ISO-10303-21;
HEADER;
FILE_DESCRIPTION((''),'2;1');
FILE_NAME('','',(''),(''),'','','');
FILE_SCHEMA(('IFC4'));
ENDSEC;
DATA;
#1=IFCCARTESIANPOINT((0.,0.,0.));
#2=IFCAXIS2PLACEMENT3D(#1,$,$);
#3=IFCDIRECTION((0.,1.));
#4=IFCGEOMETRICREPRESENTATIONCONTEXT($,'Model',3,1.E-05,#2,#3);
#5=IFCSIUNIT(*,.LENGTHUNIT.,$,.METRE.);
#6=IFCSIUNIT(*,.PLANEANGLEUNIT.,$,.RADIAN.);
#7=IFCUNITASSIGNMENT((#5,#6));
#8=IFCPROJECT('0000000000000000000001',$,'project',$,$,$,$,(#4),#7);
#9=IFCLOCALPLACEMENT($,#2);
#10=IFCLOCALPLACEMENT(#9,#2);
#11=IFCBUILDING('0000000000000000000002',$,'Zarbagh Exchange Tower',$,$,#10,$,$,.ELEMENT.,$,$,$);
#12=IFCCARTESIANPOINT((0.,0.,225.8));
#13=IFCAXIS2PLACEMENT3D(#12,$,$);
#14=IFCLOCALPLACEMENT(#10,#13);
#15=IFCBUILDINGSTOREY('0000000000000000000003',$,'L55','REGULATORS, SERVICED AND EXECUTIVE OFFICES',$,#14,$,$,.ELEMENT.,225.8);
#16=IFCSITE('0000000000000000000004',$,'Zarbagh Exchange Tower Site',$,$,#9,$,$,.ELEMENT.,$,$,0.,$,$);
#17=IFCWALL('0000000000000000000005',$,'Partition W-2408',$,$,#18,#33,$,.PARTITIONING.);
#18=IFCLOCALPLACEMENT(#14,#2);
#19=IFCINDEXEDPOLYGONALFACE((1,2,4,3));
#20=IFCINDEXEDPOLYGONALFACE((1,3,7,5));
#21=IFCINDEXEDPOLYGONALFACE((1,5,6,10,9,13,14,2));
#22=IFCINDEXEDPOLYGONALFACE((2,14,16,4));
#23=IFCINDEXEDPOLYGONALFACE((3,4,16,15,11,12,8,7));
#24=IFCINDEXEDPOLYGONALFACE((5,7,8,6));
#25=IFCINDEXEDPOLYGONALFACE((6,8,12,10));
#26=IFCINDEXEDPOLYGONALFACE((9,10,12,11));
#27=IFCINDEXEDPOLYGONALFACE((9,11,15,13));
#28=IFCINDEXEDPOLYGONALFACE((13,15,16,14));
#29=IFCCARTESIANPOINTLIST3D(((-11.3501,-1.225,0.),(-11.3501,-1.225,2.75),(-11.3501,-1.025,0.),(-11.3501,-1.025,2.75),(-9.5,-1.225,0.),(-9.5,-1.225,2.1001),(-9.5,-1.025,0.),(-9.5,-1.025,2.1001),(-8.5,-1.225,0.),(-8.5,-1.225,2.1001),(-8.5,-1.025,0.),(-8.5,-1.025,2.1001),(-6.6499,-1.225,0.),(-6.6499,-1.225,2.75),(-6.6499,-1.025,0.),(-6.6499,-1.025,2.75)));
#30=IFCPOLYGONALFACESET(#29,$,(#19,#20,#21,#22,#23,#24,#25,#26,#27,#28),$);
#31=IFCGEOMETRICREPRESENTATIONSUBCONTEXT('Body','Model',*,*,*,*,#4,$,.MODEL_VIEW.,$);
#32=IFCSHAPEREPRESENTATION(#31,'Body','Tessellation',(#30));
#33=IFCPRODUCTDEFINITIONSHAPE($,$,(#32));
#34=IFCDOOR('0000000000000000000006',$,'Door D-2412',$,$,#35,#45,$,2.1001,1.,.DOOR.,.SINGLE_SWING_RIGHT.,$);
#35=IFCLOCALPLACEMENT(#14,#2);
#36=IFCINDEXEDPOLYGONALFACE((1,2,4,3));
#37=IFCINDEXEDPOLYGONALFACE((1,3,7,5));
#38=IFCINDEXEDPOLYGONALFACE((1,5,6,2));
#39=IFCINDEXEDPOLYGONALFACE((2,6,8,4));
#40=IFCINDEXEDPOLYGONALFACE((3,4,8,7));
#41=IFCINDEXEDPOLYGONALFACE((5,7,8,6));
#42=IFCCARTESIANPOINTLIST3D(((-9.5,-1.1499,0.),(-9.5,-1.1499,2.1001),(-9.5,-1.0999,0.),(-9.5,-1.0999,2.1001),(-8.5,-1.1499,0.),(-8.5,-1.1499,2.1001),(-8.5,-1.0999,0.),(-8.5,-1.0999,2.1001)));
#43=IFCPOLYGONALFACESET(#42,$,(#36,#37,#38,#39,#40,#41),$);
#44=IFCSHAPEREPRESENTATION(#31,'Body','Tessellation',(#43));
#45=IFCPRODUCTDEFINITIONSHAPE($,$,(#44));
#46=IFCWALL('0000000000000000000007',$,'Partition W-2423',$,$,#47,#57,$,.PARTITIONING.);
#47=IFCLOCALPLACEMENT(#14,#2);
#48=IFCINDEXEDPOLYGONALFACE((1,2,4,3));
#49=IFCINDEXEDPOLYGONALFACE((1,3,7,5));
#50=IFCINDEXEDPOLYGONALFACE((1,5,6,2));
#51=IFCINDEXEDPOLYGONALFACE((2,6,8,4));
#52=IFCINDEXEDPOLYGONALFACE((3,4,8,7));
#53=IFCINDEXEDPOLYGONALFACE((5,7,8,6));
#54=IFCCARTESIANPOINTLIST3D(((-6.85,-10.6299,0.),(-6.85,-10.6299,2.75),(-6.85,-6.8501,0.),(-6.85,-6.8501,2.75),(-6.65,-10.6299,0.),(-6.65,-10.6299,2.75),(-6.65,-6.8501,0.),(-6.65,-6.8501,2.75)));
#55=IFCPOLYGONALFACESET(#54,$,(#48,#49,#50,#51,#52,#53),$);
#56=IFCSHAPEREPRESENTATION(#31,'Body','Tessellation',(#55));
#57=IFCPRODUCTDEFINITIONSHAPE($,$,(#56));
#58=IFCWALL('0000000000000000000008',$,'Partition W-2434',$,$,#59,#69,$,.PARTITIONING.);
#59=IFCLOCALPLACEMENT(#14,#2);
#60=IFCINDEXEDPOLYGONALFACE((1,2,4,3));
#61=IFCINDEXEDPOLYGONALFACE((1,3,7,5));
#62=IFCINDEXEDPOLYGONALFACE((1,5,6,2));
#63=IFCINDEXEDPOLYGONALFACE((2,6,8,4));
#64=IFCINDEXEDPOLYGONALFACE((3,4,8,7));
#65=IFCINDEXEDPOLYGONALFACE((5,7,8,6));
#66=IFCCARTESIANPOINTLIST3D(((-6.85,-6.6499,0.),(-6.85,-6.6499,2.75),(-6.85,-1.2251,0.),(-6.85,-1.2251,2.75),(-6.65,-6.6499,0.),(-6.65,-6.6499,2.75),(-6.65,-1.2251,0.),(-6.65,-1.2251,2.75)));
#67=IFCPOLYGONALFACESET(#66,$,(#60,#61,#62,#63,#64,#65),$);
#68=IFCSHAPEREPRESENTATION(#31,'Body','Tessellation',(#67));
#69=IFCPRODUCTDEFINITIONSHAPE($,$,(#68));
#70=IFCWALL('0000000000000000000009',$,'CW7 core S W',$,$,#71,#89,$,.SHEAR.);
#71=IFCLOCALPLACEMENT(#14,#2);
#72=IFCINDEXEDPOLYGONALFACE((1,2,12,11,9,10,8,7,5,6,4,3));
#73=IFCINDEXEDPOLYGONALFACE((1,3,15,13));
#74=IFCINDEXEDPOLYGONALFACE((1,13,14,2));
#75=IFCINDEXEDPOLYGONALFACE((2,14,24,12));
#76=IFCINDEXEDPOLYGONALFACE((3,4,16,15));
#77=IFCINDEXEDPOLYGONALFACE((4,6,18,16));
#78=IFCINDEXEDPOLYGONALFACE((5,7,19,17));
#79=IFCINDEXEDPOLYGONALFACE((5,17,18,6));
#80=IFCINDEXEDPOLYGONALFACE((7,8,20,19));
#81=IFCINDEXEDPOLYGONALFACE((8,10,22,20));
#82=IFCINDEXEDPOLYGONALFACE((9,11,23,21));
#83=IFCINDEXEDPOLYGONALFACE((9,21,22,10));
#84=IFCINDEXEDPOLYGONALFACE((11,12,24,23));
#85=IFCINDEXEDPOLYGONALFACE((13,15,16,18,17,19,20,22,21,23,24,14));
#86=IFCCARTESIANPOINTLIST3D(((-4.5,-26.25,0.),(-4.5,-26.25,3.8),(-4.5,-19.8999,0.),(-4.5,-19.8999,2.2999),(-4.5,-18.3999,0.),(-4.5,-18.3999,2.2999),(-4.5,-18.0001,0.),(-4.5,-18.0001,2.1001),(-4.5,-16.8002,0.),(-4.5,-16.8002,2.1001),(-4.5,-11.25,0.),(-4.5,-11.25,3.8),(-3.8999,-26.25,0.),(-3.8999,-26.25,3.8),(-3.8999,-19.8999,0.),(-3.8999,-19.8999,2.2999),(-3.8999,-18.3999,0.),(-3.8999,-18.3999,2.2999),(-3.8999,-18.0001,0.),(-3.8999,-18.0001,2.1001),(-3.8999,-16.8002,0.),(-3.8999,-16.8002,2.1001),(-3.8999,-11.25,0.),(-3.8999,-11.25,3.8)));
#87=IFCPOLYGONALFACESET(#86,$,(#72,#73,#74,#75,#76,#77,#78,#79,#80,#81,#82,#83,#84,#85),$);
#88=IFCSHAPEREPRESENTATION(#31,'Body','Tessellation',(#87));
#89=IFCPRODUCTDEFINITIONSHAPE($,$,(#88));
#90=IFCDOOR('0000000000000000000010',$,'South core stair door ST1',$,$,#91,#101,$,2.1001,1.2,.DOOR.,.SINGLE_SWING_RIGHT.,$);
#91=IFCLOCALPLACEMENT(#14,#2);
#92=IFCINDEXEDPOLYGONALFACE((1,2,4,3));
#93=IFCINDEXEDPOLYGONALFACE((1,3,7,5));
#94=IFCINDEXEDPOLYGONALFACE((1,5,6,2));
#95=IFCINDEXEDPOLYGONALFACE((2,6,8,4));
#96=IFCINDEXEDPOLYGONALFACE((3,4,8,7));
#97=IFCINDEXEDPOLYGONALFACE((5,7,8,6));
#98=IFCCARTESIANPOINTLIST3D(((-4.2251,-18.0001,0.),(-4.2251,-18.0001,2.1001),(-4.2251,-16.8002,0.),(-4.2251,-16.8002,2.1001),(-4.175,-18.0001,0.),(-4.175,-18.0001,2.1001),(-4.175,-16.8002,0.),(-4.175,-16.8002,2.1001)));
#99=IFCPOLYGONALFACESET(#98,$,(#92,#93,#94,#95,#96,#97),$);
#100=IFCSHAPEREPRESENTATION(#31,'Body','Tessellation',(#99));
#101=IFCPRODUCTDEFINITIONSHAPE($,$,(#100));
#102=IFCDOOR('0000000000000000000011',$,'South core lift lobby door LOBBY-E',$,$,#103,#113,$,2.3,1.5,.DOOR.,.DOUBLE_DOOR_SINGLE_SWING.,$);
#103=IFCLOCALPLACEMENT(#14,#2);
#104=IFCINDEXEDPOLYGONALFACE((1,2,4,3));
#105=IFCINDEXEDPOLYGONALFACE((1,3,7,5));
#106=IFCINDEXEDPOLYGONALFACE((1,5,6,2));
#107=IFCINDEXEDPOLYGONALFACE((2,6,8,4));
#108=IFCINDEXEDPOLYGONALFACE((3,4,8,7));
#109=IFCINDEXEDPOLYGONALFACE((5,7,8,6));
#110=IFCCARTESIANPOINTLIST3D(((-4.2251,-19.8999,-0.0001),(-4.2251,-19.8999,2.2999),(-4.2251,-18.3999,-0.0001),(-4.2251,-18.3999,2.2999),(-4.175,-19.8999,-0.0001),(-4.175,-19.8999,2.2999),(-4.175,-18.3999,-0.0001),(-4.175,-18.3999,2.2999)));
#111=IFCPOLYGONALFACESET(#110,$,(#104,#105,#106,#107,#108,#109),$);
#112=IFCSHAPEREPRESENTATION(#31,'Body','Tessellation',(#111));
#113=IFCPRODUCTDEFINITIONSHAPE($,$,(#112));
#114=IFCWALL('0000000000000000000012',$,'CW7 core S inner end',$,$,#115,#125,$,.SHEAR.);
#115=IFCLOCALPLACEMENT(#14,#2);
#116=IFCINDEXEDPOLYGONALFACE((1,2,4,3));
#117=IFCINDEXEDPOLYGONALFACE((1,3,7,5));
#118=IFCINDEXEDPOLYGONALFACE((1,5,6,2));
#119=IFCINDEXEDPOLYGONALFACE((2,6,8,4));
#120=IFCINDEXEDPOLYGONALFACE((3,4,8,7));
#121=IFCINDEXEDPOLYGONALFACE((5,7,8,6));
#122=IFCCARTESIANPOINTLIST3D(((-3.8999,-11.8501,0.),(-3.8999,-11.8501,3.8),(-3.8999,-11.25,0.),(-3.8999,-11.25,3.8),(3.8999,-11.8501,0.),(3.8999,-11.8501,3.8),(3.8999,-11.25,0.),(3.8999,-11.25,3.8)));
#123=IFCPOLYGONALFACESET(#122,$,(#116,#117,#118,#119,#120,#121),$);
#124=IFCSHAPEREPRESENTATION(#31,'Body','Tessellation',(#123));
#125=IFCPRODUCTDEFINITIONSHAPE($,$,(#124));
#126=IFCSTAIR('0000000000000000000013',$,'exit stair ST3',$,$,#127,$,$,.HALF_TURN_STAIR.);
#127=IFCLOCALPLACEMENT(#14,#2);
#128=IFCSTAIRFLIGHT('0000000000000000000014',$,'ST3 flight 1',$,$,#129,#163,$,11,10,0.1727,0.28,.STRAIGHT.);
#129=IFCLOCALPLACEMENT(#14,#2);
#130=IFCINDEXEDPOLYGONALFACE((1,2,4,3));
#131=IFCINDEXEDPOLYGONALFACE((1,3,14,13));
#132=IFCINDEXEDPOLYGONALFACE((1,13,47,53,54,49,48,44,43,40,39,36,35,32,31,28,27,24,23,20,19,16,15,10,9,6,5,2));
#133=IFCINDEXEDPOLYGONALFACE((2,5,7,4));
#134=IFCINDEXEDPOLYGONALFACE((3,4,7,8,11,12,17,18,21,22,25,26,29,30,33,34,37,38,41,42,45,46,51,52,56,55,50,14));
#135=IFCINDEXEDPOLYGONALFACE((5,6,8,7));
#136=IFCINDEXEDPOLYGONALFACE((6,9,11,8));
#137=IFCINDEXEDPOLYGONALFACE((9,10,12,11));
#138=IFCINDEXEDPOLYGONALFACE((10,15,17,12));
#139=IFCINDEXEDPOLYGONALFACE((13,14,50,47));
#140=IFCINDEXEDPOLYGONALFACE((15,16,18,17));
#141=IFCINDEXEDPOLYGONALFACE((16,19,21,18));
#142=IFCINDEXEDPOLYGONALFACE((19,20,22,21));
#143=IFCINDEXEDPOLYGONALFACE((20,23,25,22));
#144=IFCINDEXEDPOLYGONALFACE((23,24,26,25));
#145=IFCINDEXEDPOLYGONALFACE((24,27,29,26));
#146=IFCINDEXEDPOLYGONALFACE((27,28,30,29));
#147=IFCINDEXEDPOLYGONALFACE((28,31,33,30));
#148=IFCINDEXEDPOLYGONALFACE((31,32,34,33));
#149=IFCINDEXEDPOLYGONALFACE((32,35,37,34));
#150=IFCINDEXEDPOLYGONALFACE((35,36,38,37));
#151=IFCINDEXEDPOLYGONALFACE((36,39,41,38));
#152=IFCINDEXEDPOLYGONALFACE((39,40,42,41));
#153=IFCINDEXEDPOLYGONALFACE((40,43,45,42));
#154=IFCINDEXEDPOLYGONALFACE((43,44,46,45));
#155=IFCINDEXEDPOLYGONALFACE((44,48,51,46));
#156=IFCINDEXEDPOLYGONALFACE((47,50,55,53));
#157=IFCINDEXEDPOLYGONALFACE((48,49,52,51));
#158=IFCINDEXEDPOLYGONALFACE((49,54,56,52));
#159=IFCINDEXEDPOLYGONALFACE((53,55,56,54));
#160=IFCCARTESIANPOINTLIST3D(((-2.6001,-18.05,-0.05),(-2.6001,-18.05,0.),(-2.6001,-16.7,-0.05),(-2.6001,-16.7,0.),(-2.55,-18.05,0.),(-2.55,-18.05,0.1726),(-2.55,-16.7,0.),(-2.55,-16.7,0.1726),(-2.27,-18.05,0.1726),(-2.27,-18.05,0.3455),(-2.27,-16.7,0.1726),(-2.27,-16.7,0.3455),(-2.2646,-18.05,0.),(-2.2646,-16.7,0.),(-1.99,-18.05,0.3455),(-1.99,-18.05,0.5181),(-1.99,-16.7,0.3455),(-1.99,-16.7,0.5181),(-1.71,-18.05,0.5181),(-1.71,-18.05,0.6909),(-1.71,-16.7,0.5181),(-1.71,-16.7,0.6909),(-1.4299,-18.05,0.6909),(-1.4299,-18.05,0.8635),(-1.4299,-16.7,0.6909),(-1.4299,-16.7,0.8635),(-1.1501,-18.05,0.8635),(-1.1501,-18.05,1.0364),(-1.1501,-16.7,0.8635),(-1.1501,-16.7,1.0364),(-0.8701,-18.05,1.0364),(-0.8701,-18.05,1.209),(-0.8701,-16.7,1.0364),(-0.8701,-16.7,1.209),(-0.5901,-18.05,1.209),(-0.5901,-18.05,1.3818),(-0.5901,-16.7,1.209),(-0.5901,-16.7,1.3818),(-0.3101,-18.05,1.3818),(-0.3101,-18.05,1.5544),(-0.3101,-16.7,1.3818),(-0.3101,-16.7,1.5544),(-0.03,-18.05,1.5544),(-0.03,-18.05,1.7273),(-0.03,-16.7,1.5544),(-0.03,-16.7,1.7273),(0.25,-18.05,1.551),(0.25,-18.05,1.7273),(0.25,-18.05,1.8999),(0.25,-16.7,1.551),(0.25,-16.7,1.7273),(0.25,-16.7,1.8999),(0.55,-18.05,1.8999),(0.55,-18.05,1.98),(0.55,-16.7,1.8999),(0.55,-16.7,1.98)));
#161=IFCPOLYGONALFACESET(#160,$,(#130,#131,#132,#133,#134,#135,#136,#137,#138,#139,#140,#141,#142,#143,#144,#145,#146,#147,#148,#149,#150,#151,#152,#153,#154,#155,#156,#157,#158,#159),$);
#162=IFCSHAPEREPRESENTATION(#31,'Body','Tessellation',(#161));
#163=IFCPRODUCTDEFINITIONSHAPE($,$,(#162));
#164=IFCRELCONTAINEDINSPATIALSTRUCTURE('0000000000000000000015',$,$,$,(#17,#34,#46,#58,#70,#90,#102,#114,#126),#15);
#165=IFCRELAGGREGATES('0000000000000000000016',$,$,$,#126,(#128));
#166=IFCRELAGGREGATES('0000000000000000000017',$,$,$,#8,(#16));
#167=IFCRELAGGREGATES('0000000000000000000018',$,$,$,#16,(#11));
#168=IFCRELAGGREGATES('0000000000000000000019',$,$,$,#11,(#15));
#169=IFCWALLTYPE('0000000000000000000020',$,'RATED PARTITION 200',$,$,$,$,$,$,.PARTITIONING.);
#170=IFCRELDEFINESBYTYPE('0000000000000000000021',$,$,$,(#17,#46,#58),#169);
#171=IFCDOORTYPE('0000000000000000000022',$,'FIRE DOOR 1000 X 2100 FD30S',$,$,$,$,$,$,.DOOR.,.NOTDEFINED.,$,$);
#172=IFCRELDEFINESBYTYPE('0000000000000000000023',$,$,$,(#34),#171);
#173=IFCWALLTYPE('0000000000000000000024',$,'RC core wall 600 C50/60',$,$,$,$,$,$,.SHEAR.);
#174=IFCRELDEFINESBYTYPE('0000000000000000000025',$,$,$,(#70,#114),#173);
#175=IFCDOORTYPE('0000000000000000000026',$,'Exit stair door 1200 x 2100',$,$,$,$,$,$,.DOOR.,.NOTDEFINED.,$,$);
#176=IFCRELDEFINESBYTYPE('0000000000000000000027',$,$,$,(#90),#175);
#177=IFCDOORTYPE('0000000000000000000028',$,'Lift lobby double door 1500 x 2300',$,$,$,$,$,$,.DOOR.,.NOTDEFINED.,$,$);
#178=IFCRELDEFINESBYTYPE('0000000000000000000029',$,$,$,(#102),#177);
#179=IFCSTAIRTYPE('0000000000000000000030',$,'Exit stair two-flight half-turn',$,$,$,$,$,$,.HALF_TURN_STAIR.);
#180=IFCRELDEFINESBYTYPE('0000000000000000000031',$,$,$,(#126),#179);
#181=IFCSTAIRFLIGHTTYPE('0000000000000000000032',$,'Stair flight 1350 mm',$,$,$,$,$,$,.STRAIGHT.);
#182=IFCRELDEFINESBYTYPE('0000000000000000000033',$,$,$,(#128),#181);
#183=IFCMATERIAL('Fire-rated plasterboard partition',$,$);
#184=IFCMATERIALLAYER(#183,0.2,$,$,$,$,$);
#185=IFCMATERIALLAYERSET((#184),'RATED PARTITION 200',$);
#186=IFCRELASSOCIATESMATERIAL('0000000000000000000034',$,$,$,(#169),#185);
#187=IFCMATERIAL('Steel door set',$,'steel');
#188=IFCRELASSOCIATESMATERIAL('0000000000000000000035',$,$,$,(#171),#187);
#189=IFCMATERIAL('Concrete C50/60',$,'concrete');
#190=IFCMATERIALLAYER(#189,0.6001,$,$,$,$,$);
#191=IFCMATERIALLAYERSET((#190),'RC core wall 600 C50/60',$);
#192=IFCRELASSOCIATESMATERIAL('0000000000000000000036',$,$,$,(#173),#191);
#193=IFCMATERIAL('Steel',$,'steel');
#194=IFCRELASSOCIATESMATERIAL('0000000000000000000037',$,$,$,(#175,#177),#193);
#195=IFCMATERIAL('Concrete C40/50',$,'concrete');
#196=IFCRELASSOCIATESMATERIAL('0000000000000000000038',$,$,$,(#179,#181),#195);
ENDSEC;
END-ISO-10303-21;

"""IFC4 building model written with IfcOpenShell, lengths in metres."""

from ifc_helpers import new_model, si_unit, direction, frame, frame_2d, origin, place, context, subcontext, project, spatial, polyline, rectangle, outline, extrude, material, layer, layer_set, type_object, element, fill, aggregate, save


model = new_model("IFC4")

# Units and contexts
model_context = context("Model", 3, precision=1e-05, world=origin(), true_north=direction((0.0, 1.0)))
body_context = subcontext(model_context, "Body", "Model", "MODEL_VIEW")
ifc_project = project(units=[si_unit("LENGTHUNIT", "METRE"), si_unit("PLANEANGLEUNIT", "RADIAN")], contexts=[model_context])

# Site, building, storey
site_placement = place(None, origin())
site = spatial("IfcSite", under=ifc_project, at=site_placement, Name="Zarbagh Exchange Tower Site", CompositionType="ELEMENT", RefElevation=0.0)
building_placement = place(site_placement, origin())
building = spatial("IfcBuilding", under=site, at=building_placement, Name="Zarbagh Exchange Tower", CompositionType="ELEMENT")
storey_placement = place(building_placement, frame((0.0, 0.0, 225.8)))
storey = spatial("IfcBuildingStorey", under=building, at=storey_placement, Name="L55", Description="REGULATORS, SERVICED AND EXECUTIVE OFFICES", CompositionType="ELEMENT", Elevation=225.8)

# Shared definitions
ifc_material_1 = material(Name="Concrete C50/60", Category="concrete")

# Wall, opening, door
ifc_material_2 = material(Name="Fire-rated plasterboard partition")
ifc_layer_1 = layer(ifc_material_2, 0.2)
ifc_layer_set_1 = layer_set([ifc_layer_1], Name="RATED PARTITION 200")
wall_type_1 = type_object("IfcWallType", Name="RATED PARTITION 200", PredefinedType="PARTITIONING", material=ifc_layer_set_1)
wall_1_placement = place(storey_placement, frame((-6.6499, -1.125, 0.0), z_axis=(0.0, 0.0, 1.0), x_axis=(-1.0, 0.0, 0.0)))
wall_1 = element("IfcWall", 1, at=wall_1_placement, inside=storey, type_object=wall_type_1, Name="Partition W-2408", PredefinedType="PARTITIONING", context=body_context, shape_type="SweptSolid", body=[
    extrude(rectangle(XDim=4.7002, YDim=0.2, at=frame_2d((2.3501, 0.0))), origin(), (0.0, 0.0, 1.0), 2.75),
])
opening_1_placement = place(wall_1_placement, frame((1.8501, 0.0, 0.0)))
opening_1 = element("IfcOpeningElement", 2, at=opening_1_placement, cuts=wall_1, PredefinedType="OPENING", context=body_context, shape_type="SweptSolid", body=[
    extrude(rectangle(XDim=1.0, YDim=2.1001, at=frame_2d((0.5, 1.05))), frame((0.0, 0.1099, 0.0), z_axis=(0.0, -1.0, 0.0), x_axis=(1.0, 0.0, 0.0)), (0.0, 0.0, 1.0), 0.22),
])
ifc_material_3 = material(Name="Steel door set", Category="steel")
door_type_1 = type_object("IfcDoorType", Name="FIRE DOOR 1000 X 2100 FD30S", OperationType="NOTDEFINED", PredefinedType="DOOR", material=ifc_material_3)
door_1_placement = place(opening_1_placement, origin())
door_1 = element("IfcDoor", 3, at=door_1_placement, inside=storey, type_object=door_type_1, Name="Door D-2412", OperationType="SINGLE_SWING_RIGHT", OverallHeight=2.1001, OverallWidth=1.0, PredefinedType="DOOR", context=body_context, shape_type="SweptSolid", body=[
    extrude(rectangle(XDim=1.0, YDim=2.1001, at=frame_2d((0.5, 1.05))), frame((0.0, 0.0249, 0.0), z_axis=(0.0, -1.0, 0.0), x_axis=(1.0, 0.0, 0.0)), (0.0, 0.0, 1.0), 0.05),
])
fill(opening_1, door_1)

# Walls
wall_2_placement = place(storey_placement, frame((-6.75, -10.6299, 0.0), z_axis=(0.0, 0.0, 1.0), x_axis=(0.0, 1.0, 0.0)))
element("IfcWall", 4, at=wall_2_placement, inside=storey, type_object=wall_type_1, Name="Partition W-2423", PredefinedType="PARTITIONING", context=body_context, shape_type="SweptSolid", body=[
    extrude(rectangle(XDim=3.7798, YDim=0.2, at=frame_2d((1.8899, 0.0))), origin(), (0.0, 0.0, 1.0), 2.75),
])
wall_3_placement = place(storey_placement, frame((-6.75, -6.6499, 0.0), z_axis=(0.0, 0.0, 1.0), x_axis=(0.0, 1.0, 0.0)))
element("IfcWall", 5, at=wall_3_placement, inside=storey, type_object=wall_type_1, Name="Partition W-2434", PredefinedType="PARTITIONING", context=body_context, shape_type="SweptSolid", body=[
    extrude(rectangle(XDim=5.4248, YDim=0.2, at=frame_2d((2.7124, 0.0))), origin(), (0.0, 0.0, 1.0), 2.75),
])

# Wall, openings, doors
ifc_layer_2 = layer(ifc_material_1, 0.6001)
ifc_layer_set_2 = layer_set([ifc_layer_2], Name="RC core wall 600 C50/60")
wall_type_2 = type_object("IfcWallType", Name="RC core wall 600 C50/60", PredefinedType="SHEAR", material=ifc_layer_set_2)
wall_4_placement = place(storey_placement, frame((-4.2, -11.25, 0.0), z_axis=(0.0, 0.0, 1.0), x_axis=(0.0, -1.0, 0.0)))
wall_4 = element("IfcWall", 6, at=wall_4_placement, inside=storey, type_object=wall_type_2, Name="CW7 core S W", PredefinedType="SHEAR", context=body_context, shape_type="SweptSolid", body=[
    extrude(rectangle(XDim=15.0, YDim=0.6001, at=frame_2d((7.5, 0.0))), origin(), (0.0, 0.0, 1.0), 3.8),
])
opening_2_placement = place(wall_4_placement, frame((7.1499, 0.0, 0.0)))
opening_2 = element("IfcOpeningElement", 7, at=opening_2_placement, cuts=wall_4, PredefinedType="OPENING", context=body_context, shape_type="SweptSolid", body=[
    extrude(rectangle(XDim=1.5, YDim=2.3, at=frame_2d((0.75, 1.1499))), frame((0.0, 0.3101, 0.0), z_axis=(0.0, -1.0, 0.0), x_axis=(1.0, 0.0, 0.0)), (0.0, 0.0, 1.0), 0.6201),
])
opening_3_placement = place(wall_4_placement, frame((5.55, 0.0, 0.0)))
opening_3 = element("IfcOpeningElement", 8, at=opening_3_placement, cuts=wall_4, PredefinedType="OPENING", context=body_context, shape_type="SweptSolid", body=[
    extrude(rectangle(XDim=1.2, YDim=2.1001, at=frame_2d((0.6001, 1.05))), frame((0.0, 0.3101, 0.0), z_axis=(0.0, -1.0, 0.0), x_axis=(1.0, 0.0, 0.0)), (0.0, 0.0, 1.0), 0.6201),
])
ifc_material_4 = material(Name="Steel", Category="steel")
door_type_2 = type_object("IfcDoorType", Name="Exit stair door 1200 x 2100", OperationType="NOTDEFINED", PredefinedType="DOOR", material=ifc_material_4)
door_2_placement = place(opening_3_placement, origin())
door_2 = element("IfcDoor", 9, at=door_2_placement, inside=storey, type_object=door_type_2, Name="South core stair door ST1", OperationType="SINGLE_SWING_RIGHT", OverallHeight=2.1001, OverallWidth=1.2, PredefinedType="DOOR", context=body_context, shape_type="SweptSolid", body=[
    extrude(rectangle(XDim=1.2, YDim=2.1001, at=frame_2d((0.6001, 1.05))), frame((0.0, 0.0249, 0.0), z_axis=(0.0, -1.0, 0.0), x_axis=(1.0, 0.0, 0.0)), (0.0, 0.0, 1.0), 0.05),
])
fill(opening_3, door_2)
door_type_3 = type_object("IfcDoorType", Name="Lift lobby double door 1500 x 2300", OperationType="NOTDEFINED", PredefinedType="DOOR", material=ifc_material_4)
door_3_placement = place(opening_2_placement, origin())
door_3 = element("IfcDoor", 10, at=door_3_placement, inside=storey, type_object=door_type_3, Name="South core lift lobby door LOBBY-E", OperationType="DOUBLE_DOOR_SINGLE_SWING", OverallHeight=2.3, OverallWidth=1.5, PredefinedType="DOOR", context=body_context, shape_type="SweptSolid", body=[
    extrude(rectangle(XDim=1.5, YDim=2.3, at=frame_2d((0.75, 1.1499))), frame((0.0, 0.0249, 0.0), z_axis=(0.0, -1.0, 0.0), x_axis=(1.0, 0.0, 0.0)), (0.0, 0.0, 1.0), 0.05),
])
fill(opening_2, door_3)

# Wall
wall_5_placement = place(storey_placement, frame((-3.8999, -11.55, 0.0), z_axis=(0.0, 0.0, 1.0), x_axis=(1.0, 0.0, 0.0)))
element("IfcWall", 11, at=wall_5_placement, inside=storey, type_object=wall_type_2, Name="CW7 core S inner end", PredefinedType="SHEAR", context=body_context, shape_type="SweptSolid", body=[
    extrude(rectangle(XDim=7.7998, YDim=0.6001, at=frame_2d((3.8999, 0.0))), origin(), (0.0, 0.0, 1.0), 3.8),
])

# Stair, stair flight
ifc_material_5 = material(Name="Concrete C40/50", Category="concrete")
stair_type = type_object("IfcStairType", Name="Exit stair two-flight half-turn", PredefinedType="HALF_TURN_STAIR", material=ifc_material_5)
stair_placement = place(storey_placement, origin())
stair = element("IfcStair", 12, at=stair_placement, inside=storey, type_object=stair_type, Name="exit stair ST3", PredefinedType="HALF_TURN_STAIR")
stair_flight_type = type_object("IfcStairFlightType", Name="Stair flight 1350 mm", PredefinedType="STRAIGHT", material=ifc_material_5)
stair_flight_placement = place(storey_placement, frame((-2.55, -17.375, 0.0), z_axis=(0.0, 0.0, 1.0), x_axis=(1.0, 0.0, 0.0)))
stair_flight = element("IfcStairFlight", 13, at=stair_flight_placement, type_object=stair_flight_type, Name="ST3 flight 1", NumberOfRisers=11, NumberOfTreads=10, PredefinedType="STRAIGHT", RiserHeight=0.1727, TreadLength=0.28, context=body_context, shape_type="SweptSolid", body=[
    extrude(outline(polyline([(-0.05, -0.05), (-0.05, 0.0), (0.0, 0.0), (0.0, 0.1726), (0.28, 0.1726), (0.28, 0.3455), (0.5601, 0.3455), (0.5601, 0.5181), (0.8401, 0.5181), (0.8401, 0.6909), (1.1201, 0.6909), (1.1201, 0.8635), (1.3999, 0.8635), (1.3999, 1.0364), (1.6799, 1.0364), (1.6799, 1.209), (1.96, 1.209), (1.96, 1.3818), (2.24, 1.3818), (2.24, 1.5544), (2.52, 1.5544), (2.52, 1.7273), (2.8, 1.7273), (2.8, 1.8999), (3.1001, 1.98), (3.1001, 1.8999), (2.8, 1.551), (0.2854, 0.0), (-0.05, -0.05)])), frame((0.0, 0.675, 0.0), z_axis=(0.0, -1.0, 0.0), x_axis=(1.0, 0.0, 0.0)), (0.0, 0.0, 1.0), 1.3501),
])
aggregate(stair, [stair_flight])

save(model, "model.ifc")
